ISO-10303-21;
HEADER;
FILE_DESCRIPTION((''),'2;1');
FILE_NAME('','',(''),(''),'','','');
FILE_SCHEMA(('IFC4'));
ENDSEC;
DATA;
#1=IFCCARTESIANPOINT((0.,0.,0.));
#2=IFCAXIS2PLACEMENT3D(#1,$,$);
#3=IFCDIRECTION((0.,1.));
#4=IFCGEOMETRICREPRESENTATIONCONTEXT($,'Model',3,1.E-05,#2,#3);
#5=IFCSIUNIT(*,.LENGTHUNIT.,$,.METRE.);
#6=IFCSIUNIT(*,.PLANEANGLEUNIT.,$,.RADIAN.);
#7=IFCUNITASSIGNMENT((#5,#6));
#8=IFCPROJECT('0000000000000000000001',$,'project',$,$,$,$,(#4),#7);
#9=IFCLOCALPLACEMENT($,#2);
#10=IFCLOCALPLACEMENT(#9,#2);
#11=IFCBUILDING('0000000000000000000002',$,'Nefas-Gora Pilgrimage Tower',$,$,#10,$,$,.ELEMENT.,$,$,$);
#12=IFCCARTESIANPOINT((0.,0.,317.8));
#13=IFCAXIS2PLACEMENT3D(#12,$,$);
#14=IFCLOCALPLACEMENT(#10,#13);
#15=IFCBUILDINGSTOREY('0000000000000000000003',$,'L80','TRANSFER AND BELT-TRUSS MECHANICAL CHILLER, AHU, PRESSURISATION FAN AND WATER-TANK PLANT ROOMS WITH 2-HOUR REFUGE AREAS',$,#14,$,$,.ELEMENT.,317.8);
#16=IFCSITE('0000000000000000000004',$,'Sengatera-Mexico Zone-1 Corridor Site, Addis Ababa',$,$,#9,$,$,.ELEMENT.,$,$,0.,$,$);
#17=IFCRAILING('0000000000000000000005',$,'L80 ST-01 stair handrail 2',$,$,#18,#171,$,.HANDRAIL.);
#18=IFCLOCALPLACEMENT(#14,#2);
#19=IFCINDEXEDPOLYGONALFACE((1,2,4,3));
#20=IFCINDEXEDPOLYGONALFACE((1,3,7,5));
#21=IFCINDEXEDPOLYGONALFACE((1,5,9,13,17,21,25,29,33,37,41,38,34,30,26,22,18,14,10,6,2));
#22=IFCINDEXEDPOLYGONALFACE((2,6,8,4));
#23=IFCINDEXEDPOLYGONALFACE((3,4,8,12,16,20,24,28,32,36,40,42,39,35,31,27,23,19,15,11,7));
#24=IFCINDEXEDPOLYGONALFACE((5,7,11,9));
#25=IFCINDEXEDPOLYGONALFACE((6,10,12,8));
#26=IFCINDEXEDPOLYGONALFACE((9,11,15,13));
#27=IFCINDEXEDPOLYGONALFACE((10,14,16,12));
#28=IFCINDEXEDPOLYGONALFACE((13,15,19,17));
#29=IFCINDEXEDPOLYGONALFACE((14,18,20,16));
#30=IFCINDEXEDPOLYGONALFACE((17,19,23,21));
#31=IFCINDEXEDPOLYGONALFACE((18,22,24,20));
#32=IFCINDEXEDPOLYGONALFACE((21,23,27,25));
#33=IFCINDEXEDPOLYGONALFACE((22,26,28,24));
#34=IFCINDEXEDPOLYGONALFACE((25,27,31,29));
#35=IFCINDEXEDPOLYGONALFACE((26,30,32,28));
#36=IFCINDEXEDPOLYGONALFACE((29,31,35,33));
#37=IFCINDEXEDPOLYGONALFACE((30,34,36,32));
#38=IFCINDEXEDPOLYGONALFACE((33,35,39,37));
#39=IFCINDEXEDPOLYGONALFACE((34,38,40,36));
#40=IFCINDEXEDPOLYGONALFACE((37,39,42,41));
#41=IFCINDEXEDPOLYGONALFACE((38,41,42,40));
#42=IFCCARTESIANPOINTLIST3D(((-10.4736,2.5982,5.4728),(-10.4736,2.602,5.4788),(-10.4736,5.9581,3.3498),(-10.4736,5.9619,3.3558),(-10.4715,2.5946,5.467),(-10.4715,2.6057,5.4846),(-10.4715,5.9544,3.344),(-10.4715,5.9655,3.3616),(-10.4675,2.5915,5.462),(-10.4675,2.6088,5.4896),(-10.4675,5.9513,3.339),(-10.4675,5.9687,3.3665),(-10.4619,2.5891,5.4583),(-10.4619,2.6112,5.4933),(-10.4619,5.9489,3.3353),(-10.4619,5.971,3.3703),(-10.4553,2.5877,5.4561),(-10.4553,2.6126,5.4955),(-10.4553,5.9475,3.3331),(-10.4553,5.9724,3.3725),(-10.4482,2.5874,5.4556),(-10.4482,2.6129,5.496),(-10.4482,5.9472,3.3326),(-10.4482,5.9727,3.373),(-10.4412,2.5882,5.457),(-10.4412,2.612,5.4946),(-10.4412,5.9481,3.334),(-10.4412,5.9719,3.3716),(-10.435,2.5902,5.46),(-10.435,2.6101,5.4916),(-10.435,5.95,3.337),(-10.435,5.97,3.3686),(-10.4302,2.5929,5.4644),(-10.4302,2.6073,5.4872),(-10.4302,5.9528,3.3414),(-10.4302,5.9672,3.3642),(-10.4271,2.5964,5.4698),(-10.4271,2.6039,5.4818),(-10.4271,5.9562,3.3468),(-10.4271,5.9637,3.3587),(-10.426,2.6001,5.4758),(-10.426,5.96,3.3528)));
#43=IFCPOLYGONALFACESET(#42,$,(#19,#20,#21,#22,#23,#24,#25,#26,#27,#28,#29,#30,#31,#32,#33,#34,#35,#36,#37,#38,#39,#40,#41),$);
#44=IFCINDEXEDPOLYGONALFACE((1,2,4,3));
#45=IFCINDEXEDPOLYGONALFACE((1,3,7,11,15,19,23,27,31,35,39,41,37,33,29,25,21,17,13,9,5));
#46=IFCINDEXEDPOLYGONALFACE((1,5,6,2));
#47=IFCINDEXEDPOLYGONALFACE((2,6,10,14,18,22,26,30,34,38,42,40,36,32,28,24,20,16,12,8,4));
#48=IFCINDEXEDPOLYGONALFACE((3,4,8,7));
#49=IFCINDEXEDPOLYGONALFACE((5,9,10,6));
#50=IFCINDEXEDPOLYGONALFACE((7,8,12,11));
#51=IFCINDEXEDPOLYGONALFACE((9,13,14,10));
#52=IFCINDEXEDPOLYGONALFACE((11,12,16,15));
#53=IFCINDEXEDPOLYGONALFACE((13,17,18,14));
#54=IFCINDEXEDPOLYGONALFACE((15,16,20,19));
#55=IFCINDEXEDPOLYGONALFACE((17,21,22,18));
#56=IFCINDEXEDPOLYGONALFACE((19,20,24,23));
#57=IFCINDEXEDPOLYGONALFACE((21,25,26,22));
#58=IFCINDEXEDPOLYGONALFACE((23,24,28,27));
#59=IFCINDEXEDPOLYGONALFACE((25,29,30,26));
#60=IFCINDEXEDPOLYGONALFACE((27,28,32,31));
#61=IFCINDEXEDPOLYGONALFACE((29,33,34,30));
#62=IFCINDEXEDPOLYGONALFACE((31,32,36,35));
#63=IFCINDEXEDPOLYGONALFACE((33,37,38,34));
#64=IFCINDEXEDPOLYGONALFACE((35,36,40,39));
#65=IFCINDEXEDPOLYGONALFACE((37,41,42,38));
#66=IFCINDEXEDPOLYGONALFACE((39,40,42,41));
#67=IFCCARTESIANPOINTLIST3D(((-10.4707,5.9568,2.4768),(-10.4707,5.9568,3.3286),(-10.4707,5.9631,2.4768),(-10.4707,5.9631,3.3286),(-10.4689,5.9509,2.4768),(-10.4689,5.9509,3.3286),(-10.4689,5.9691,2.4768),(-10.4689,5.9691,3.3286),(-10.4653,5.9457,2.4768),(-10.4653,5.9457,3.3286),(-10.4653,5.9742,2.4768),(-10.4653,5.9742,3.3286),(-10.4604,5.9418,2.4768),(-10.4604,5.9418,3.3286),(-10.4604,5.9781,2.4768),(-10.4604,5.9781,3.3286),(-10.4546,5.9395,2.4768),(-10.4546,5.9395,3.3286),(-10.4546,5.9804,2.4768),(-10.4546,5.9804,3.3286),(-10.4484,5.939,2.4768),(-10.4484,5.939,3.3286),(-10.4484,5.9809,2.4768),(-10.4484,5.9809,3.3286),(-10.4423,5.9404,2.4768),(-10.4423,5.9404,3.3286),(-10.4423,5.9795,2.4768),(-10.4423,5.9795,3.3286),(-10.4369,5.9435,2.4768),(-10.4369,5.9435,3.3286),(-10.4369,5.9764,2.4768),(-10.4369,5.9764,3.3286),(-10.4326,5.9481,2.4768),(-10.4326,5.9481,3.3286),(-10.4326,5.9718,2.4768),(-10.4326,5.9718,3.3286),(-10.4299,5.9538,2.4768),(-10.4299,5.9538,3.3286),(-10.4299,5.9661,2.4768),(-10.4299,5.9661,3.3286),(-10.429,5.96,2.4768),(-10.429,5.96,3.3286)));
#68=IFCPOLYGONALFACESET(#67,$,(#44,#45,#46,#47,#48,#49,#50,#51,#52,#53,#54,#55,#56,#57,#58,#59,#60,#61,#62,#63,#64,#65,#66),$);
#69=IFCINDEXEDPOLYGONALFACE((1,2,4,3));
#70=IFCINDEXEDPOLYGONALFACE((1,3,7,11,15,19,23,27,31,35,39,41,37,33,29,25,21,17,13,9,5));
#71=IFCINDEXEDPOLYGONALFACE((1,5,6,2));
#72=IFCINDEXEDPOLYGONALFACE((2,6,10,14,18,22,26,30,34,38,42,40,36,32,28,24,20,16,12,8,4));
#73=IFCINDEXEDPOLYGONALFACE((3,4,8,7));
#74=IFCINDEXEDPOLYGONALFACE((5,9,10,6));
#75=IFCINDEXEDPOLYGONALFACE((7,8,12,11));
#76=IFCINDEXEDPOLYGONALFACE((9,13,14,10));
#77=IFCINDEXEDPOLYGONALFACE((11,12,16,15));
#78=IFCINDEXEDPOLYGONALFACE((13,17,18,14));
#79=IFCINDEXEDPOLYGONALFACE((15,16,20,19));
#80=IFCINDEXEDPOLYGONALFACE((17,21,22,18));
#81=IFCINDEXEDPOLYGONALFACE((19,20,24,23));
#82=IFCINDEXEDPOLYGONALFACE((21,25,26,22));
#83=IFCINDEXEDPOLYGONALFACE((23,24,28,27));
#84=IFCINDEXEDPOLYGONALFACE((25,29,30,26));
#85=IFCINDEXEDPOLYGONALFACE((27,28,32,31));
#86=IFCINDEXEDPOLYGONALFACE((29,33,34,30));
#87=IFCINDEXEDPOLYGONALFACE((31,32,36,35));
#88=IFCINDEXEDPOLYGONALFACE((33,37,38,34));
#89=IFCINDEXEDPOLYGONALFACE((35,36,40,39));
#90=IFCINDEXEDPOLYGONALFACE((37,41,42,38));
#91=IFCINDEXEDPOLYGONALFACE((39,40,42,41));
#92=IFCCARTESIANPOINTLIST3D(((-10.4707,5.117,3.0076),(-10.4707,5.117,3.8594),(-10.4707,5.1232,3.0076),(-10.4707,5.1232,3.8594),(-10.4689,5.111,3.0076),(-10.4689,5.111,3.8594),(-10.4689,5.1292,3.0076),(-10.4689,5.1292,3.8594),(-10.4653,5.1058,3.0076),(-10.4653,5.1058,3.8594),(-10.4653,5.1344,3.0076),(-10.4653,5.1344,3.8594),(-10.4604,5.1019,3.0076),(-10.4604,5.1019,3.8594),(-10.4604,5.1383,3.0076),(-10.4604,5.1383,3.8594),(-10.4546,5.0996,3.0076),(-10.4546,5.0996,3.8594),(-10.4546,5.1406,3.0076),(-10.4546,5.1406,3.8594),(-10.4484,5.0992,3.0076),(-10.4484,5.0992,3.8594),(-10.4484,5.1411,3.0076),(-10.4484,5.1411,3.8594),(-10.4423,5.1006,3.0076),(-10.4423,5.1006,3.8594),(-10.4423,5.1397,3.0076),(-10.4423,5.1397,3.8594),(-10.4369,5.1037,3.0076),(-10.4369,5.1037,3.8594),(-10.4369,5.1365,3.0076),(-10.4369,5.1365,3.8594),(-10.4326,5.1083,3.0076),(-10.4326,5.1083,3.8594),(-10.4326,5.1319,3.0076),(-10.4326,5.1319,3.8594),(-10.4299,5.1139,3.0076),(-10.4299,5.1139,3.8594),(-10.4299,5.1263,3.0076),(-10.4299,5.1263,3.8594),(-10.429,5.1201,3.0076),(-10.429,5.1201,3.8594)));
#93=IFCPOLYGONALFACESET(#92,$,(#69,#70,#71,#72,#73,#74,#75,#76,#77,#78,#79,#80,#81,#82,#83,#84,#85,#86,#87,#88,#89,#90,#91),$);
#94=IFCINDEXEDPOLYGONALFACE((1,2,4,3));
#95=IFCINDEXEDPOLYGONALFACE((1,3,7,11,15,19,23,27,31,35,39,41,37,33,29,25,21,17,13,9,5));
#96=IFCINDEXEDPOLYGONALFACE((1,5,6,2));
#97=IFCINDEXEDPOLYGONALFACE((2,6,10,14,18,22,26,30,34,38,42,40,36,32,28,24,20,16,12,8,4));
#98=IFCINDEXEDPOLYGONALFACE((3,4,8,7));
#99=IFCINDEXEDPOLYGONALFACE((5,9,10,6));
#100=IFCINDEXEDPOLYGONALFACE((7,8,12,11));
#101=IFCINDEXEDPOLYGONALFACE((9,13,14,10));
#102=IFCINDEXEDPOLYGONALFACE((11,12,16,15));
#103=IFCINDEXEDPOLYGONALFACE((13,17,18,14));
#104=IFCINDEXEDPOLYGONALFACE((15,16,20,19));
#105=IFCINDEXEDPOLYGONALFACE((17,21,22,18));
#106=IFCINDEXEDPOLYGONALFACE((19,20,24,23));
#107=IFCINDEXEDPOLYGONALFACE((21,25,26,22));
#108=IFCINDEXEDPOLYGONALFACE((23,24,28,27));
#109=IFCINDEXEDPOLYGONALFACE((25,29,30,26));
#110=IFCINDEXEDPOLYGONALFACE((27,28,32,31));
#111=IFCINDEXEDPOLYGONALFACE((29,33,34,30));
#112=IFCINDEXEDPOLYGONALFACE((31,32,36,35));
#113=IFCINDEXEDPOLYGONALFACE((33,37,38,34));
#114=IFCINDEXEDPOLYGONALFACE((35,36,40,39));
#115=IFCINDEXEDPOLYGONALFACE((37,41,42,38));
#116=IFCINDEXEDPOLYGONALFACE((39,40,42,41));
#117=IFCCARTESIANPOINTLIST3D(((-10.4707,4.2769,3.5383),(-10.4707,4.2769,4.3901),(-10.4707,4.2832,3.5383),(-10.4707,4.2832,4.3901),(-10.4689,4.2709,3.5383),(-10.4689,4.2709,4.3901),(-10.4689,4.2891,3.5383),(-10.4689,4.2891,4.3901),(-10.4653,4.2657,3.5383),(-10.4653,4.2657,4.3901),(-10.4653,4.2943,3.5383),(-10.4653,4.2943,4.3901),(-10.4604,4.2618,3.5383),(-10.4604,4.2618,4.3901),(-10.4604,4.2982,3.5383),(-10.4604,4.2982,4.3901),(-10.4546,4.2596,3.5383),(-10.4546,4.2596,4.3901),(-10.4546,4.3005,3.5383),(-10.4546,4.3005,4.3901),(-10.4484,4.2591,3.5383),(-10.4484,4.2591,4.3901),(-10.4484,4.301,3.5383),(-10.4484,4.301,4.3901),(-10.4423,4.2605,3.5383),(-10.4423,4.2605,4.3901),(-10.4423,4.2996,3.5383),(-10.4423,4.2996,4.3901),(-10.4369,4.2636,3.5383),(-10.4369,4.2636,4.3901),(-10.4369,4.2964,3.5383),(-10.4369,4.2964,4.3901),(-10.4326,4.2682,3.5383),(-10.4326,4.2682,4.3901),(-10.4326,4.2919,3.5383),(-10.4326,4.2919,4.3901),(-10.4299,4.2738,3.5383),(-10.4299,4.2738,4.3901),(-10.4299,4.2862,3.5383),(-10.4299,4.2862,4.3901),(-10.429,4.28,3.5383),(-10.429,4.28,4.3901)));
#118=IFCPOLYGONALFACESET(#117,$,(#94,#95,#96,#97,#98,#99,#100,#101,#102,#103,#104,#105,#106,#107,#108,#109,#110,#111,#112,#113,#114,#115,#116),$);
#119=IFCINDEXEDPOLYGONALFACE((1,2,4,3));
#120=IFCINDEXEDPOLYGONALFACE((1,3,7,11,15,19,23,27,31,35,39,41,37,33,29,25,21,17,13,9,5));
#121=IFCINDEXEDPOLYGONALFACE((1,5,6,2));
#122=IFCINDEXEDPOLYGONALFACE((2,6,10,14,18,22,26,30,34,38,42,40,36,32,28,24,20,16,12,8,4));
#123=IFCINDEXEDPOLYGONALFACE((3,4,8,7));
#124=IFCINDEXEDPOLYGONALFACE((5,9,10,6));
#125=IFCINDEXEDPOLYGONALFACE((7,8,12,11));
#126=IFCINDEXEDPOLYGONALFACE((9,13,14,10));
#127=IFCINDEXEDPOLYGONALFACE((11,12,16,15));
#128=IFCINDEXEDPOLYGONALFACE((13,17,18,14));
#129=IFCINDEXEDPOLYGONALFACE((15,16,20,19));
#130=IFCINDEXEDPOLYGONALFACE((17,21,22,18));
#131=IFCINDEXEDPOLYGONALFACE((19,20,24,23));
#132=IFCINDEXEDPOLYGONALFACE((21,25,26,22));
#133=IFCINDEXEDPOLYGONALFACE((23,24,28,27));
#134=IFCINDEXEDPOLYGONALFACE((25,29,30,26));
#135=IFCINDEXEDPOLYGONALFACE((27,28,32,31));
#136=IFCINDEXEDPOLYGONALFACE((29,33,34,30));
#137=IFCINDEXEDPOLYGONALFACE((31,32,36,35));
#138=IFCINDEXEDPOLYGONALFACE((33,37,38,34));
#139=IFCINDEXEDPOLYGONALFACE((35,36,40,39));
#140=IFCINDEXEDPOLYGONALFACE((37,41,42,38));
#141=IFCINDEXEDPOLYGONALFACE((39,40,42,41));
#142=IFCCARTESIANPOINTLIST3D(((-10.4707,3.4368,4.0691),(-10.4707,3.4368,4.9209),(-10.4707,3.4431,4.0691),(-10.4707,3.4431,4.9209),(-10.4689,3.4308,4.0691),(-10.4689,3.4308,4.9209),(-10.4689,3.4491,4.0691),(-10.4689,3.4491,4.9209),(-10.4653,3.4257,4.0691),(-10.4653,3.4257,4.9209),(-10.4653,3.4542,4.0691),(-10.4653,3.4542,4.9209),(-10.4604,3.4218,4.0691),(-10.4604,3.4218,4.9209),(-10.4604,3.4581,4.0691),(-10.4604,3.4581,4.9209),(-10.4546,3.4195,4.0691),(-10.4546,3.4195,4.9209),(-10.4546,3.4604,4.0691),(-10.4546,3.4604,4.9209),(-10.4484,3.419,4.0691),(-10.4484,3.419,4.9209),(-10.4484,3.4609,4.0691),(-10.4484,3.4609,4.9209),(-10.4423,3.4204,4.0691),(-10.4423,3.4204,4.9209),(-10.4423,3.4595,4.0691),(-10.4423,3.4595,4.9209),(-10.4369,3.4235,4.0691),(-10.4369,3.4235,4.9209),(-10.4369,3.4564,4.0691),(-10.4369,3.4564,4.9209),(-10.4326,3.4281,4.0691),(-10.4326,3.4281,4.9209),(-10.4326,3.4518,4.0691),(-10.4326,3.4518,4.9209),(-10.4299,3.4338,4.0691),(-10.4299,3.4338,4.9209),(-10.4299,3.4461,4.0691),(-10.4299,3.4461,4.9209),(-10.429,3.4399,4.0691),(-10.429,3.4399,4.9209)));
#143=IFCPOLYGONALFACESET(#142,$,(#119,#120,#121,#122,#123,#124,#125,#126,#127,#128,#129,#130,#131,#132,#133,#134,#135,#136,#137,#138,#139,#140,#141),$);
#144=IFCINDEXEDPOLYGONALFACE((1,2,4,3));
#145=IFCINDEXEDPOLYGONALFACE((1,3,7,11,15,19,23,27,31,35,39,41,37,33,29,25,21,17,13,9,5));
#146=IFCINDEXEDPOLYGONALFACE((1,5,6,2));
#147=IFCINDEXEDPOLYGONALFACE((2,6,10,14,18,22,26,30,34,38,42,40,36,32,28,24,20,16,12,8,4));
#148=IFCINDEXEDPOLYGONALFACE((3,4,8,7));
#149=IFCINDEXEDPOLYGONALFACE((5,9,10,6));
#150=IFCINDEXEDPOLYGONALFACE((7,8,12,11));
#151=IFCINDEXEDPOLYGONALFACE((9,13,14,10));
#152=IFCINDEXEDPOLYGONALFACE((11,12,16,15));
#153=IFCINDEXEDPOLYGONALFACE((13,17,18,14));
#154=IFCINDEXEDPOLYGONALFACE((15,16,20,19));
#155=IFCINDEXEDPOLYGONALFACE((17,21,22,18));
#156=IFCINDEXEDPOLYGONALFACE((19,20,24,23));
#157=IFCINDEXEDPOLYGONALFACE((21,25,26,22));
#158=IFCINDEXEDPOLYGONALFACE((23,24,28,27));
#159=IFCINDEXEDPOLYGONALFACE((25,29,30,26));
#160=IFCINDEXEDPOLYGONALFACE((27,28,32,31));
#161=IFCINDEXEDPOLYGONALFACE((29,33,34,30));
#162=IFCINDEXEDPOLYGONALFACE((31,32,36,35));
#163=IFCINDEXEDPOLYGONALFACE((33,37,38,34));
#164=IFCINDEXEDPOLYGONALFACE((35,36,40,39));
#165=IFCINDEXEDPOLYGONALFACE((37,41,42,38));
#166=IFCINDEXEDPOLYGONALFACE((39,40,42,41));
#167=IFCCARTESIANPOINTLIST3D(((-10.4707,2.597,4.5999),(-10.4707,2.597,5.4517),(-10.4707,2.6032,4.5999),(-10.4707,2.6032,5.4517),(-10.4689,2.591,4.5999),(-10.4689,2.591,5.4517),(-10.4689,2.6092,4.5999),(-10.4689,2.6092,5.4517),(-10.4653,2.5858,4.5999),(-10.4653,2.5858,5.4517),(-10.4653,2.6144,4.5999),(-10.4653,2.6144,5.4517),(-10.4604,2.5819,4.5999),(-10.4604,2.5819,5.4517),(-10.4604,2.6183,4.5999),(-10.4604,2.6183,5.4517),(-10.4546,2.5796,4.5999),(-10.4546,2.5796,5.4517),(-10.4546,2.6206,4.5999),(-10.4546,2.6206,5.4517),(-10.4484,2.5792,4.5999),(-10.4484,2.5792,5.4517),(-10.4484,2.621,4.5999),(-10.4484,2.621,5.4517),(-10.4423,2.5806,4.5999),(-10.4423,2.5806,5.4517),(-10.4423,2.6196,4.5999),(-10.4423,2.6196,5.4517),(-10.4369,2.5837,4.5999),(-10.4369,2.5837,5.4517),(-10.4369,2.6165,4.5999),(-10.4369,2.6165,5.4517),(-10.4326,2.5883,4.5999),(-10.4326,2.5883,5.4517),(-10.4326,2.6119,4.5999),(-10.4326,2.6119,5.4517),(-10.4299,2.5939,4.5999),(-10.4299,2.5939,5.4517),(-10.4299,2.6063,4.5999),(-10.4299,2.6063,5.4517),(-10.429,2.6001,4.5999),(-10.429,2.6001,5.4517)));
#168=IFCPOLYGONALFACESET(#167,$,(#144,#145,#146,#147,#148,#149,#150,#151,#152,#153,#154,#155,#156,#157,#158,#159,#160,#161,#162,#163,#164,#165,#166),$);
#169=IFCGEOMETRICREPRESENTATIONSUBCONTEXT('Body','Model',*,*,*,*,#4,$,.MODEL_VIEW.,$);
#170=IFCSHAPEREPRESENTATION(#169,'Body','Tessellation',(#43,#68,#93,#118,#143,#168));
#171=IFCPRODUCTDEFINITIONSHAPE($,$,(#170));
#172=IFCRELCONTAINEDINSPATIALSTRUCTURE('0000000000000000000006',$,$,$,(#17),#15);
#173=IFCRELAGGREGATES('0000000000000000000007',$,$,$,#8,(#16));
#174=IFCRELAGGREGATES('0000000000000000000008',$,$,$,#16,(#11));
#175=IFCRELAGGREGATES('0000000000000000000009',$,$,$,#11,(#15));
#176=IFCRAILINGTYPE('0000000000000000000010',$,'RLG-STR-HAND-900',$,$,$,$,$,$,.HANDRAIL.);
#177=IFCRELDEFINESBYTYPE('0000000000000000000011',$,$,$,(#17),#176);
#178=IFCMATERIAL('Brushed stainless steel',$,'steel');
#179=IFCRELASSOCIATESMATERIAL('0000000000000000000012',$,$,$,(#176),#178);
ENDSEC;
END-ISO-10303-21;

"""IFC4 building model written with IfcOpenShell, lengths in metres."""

from ifc_helpers import new_model, si_unit, direction, frame, origin, origin_2d, place, context, subcontext, project, spatial, circle, extrude, material, type_object, element, save


model = new_model("IFC4")

# Units and contexts
model_context = context("Model", 3, precision=1e-05, world=origin(), true_north=direction((0.0, 1.0)))
body_context = subcontext(model_context, "Body", "Model", "MODEL_VIEW")
ifc_project = project(units=[si_unit("LENGTHUNIT", "METRE"), si_unit("PLANEANGLEUNIT", "RADIAN")], contexts=[model_context])

# Site, building, storey
site_placement = place(None, origin())
site = spatial("IfcSite", under=ifc_project, at=site_placement, Name="Sengatera-Mexico Zone-1 Corridor Site, Addis Ababa", CompositionType="ELEMENT", RefElevation=0.0)
building_placement = place(site_placement, origin())
building = spatial("IfcBuilding", under=site, at=building_placement, Name="Nefas-Gora Pilgrimage Tower", CompositionType="ELEMENT")
storey_placement = place(building_placement, frame((0.0, 0.0, 317.8)))
storey = spatial("IfcBuildingStorey", under=building, at=storey_placement, Name="L80", Description="TRANSFER AND BELT-TRUSS MECHANICAL CHILLER, AHU, PRESSURISATION FAN AND WATER-TANK PLANT ROOMS WITH 2-HOUR REFUGE AREAS", CompositionType="ELEMENT", Elevation=317.8)

# Railing
ifc_material_1 = material(Name="Brushed stainless steel", Category="steel")
railing_type_1 = type_object("IfcRailingType", Name="RLG-STR-HAND-900", PredefinedType="HANDRAIL", material=ifc_material_1)
railing_1_placement = place(storey_placement, frame((-10.45, 5.96, 2.4768)))
element("IfcRailing", 1, at=railing_1_placement, inside=storey, type_object=railing_type_1, Name="L80 ST-01 stair handrail 2", PredefinedType="HANDRAIL", context=body_context, shape_type="SweptSolid", body=[
    extrude(circle(Radius=0.0239, at=origin_2d()), frame((0.0, 0.0, 0.876), z_axis=(0.0, -0.845372, 0.534178), x_axis=(1.0, 0.0, 0.0)), (0.0, 0.0, 1.0), 3.9744),
    extrude(circle(Radius=0.021, at=origin_2d()), origin(), (0.0, 0.0, 1.0), 0.8518),
    extrude(circle(Radius=0.021, at=origin_2d()), frame((0.0, -0.8398, 0.5308)), (0.0, 0.0, 1.0), 0.8518),
    extrude(circle(Radius=0.021, at=origin_2d()), frame((0.0, -1.6799, 1.0615)), (0.0, 0.0, 1.0), 0.8518),
    extrude(circle(Radius=0.021, at=origin_2d()), frame((0.0, -2.52, 1.5923)), (0.0, 0.0, 1.0), 0.8518),
    extrude(circle(Radius=0.021, at=origin_2d()), frame((0.0, -3.3599, 2.123)), (0.0, 0.0, 1.0), 0.8518),
])

save(model, "model.ifc")
